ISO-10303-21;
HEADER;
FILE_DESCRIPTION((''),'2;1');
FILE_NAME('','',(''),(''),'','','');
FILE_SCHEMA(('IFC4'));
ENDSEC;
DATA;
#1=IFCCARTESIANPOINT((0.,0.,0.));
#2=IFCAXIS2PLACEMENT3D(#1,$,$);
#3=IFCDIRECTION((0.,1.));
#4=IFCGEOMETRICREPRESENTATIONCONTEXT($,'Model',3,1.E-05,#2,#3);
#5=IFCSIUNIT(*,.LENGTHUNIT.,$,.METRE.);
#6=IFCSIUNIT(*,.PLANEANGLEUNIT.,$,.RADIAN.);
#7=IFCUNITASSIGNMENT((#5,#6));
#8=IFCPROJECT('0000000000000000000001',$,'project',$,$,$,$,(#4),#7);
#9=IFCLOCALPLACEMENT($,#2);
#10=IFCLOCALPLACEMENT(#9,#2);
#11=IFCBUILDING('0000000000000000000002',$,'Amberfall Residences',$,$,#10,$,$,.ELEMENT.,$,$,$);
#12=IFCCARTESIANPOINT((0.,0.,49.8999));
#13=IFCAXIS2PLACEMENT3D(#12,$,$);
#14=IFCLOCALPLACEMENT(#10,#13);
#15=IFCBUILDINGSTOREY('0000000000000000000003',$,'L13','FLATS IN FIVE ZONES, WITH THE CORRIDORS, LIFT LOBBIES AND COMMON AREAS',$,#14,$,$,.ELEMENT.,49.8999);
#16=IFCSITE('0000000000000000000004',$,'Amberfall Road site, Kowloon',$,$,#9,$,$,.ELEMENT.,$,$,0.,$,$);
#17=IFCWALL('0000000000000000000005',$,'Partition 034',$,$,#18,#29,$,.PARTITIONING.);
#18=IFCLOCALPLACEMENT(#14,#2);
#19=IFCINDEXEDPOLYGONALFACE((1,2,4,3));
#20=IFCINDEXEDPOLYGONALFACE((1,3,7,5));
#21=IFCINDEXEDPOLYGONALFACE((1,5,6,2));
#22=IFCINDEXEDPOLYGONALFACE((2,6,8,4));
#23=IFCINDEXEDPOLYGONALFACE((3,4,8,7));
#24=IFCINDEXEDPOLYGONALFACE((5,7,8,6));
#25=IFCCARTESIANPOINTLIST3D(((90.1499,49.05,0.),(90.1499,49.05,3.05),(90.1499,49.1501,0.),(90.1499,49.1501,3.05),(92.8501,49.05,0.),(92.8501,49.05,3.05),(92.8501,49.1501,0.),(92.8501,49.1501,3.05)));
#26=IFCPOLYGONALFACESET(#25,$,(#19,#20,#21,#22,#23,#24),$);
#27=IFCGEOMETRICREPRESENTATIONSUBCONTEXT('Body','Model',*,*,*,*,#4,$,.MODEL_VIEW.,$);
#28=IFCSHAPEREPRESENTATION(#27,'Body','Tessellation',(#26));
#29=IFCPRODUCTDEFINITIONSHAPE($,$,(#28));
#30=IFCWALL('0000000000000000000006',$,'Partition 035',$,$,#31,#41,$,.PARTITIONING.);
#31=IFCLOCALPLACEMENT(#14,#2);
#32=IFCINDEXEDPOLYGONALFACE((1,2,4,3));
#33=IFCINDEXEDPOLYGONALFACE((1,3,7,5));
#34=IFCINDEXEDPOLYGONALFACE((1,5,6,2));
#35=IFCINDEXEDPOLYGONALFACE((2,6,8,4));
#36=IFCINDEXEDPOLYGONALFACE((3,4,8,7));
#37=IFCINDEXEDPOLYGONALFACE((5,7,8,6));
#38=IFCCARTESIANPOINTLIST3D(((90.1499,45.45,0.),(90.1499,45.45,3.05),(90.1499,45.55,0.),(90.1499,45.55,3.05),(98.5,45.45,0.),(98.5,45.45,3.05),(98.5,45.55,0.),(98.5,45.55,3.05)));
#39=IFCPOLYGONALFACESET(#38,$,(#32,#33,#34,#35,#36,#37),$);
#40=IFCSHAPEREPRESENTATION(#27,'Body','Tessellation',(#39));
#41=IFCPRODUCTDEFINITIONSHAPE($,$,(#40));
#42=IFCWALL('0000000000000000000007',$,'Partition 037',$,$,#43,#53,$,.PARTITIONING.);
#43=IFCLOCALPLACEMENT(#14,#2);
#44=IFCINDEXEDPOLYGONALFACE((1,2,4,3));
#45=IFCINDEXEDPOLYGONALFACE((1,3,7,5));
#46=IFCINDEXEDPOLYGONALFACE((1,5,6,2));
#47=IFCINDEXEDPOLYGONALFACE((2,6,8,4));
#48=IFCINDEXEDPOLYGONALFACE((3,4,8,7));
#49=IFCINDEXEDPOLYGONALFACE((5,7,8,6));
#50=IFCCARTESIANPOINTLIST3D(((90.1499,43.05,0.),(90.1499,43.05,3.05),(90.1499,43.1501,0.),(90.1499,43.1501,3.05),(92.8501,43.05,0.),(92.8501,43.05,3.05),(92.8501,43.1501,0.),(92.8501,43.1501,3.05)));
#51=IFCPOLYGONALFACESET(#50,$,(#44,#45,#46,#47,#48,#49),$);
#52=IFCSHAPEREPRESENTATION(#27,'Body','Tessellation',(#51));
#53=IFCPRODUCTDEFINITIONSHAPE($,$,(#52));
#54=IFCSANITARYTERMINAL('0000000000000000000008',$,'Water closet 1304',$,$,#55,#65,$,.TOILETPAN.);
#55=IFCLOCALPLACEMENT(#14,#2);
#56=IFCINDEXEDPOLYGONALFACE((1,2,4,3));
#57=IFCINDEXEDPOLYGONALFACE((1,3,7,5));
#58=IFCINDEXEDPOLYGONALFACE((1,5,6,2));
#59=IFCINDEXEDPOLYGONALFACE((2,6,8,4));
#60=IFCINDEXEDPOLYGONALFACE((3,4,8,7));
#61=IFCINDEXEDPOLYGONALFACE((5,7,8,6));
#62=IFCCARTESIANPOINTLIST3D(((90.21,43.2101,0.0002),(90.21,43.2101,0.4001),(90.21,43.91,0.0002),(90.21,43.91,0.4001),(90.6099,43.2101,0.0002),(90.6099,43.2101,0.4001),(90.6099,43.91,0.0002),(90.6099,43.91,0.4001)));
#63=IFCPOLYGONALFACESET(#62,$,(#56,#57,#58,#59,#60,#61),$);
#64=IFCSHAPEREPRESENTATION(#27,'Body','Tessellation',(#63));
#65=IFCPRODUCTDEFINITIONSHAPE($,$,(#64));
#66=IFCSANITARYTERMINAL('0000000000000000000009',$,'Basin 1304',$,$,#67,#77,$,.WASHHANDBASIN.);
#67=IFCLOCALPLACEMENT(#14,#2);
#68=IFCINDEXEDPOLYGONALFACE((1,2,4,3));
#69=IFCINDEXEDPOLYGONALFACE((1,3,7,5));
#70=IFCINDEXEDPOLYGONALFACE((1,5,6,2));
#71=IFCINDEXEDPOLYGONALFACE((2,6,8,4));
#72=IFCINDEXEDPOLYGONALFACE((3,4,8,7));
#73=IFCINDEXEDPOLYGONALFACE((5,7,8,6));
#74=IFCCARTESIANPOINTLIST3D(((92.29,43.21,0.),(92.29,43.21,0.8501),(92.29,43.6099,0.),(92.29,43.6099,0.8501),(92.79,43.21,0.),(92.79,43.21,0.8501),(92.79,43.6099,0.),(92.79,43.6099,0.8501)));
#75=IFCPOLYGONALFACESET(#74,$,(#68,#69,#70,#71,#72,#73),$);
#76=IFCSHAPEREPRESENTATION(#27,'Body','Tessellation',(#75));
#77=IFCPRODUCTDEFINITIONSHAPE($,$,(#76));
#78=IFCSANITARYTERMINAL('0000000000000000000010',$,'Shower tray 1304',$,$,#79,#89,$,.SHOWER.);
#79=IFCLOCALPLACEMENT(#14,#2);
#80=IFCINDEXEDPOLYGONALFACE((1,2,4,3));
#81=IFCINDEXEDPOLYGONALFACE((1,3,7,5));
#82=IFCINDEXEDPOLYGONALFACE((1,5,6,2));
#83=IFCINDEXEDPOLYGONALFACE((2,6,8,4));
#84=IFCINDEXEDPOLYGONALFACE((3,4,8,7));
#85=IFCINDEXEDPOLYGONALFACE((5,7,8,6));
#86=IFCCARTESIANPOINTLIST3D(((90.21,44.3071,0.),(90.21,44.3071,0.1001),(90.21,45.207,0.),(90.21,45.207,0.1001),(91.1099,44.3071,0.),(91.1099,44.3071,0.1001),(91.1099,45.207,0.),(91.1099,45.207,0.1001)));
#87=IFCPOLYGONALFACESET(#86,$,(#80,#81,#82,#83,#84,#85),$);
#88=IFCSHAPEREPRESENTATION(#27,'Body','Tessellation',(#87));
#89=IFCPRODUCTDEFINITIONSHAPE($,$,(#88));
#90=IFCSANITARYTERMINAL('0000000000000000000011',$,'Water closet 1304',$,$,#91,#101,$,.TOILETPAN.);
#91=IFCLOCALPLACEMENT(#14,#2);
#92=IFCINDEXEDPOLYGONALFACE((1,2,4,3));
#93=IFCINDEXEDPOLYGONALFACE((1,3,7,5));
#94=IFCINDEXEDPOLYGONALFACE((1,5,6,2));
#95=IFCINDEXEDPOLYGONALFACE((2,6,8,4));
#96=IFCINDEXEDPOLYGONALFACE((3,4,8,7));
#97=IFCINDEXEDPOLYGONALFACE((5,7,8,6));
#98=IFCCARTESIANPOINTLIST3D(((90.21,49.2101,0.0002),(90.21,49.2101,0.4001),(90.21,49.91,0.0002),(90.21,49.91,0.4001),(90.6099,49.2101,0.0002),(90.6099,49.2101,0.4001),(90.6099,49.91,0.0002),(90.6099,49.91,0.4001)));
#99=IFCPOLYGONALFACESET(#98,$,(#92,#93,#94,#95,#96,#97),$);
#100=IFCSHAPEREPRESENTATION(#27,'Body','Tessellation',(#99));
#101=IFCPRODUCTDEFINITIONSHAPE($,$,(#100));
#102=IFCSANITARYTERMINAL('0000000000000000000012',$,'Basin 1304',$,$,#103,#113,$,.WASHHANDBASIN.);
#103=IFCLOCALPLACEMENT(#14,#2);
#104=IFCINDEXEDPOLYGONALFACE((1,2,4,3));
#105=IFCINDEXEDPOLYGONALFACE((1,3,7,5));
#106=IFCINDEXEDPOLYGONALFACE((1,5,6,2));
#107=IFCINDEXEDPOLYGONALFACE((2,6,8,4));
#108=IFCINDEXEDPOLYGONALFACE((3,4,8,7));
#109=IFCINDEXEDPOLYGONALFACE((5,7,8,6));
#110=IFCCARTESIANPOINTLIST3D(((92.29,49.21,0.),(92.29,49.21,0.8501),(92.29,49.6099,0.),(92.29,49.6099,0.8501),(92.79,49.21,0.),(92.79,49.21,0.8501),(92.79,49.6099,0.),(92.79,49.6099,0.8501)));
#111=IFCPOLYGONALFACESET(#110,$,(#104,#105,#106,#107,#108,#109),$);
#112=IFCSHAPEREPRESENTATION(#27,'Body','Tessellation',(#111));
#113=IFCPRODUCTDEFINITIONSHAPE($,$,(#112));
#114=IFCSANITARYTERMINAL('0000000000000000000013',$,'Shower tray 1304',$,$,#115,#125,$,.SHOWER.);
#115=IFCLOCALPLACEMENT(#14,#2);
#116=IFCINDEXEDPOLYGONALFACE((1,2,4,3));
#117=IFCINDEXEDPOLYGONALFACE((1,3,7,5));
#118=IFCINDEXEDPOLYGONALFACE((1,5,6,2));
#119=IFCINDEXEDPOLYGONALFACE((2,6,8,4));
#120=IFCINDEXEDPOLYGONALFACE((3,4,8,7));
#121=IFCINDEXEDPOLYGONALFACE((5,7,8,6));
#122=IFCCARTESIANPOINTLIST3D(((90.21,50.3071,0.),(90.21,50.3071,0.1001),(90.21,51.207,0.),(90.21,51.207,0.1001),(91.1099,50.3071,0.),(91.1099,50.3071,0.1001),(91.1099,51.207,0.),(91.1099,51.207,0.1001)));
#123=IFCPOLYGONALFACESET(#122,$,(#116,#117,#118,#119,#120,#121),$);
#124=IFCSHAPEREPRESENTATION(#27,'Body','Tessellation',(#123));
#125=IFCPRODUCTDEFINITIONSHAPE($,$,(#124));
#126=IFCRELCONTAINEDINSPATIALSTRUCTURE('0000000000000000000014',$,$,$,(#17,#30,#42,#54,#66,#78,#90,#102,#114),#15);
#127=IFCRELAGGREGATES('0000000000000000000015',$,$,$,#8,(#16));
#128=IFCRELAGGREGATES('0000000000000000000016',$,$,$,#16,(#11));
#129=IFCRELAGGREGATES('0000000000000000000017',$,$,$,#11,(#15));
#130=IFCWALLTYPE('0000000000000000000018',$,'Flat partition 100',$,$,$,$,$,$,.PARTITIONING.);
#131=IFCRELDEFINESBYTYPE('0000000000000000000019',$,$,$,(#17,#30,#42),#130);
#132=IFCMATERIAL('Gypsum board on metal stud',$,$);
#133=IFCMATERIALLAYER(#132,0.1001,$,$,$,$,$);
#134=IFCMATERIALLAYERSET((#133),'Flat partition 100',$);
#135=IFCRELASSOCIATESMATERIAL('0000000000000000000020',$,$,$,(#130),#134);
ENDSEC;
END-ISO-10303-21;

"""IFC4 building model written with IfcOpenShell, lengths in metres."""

from ifc_helpers import new_model, si_unit, direction, frame, frame_2d, origin, origin_2d, place, context, subcontext, project, spatial, rectangle, extrude, material, layer, layer_set, type_object, element, save


model = new_model("IFC4")

# Units and contexts
model_context = context("Model", 3, precision=1e-05, world=origin(), true_north=direction((0.0, 1.0)))
body_context = subcontext(model_context, "Body", "Model", "MODEL_VIEW")
ifc_project = project(units=[si_unit("LENGTHUNIT", "METRE"), si_unit("PLANEANGLEUNIT", "RADIAN")], contexts=[model_context])

# Site, building, storey
site_placement = place(None, origin())
site = spatial("IfcSite", under=ifc_project, at=site_placement, Name="Amberfall Road site, Kowloon", CompositionType="ELEMENT", RefElevation=0.0)
building_placement = place(site_placement, origin())
building = spatial("IfcBuilding", under=site, at=building_placement, Name="Amberfall Residences", CompositionType="ELEMENT")
storey_placement = place(building_placement, frame((0.0, 0.0, 49.8999)))
storey = spatial("IfcBuildingStorey", under=building, at=storey_placement, Name="L13", Description="FLATS IN FIVE ZONES, WITH THE CORRIDORS, LIFT LOBBIES AND COMMON AREAS", CompositionType="ELEMENT", Elevation=49.8999)

# Walls
ifc_material_1 = material(Name="Gypsum board on metal stud")
ifc_layer_1 = layer(ifc_material_1, 0.1001)
ifc_layer_set_1 = layer_set([ifc_layer_1], Name="Flat partition 100")
wall_type_1 = type_object("IfcWallType", Name="Flat partition 100", PredefinedType="PARTITIONING", material=ifc_layer_set_1)
wall_1_placement = place(storey_placement, frame((90.1499, 49.1001, 0.0), z_axis=(0.0, 0.0, 1.0), x_axis=(1.0, 0.0, 0.0)))
element("IfcWall", 1, at=wall_1_placement, inside=storey, type_object=wall_type_1, Name="Partition 034", PredefinedType="PARTITIONING", context=body_context, shape_type="SweptSolid", body=[
    extrude(rectangle(XDim=2.7002, YDim=0.1001, at=frame_2d((1.3501, 0.0))), origin(), (0.0, 0.0, 1.0), 3.05),
])
wall_2_placement = place(storey_placement, frame((90.1499, 45.5, 0.0), z_axis=(0.0, 0.0, 1.0), x_axis=(1.0, 0.0, 0.0)))
element("IfcWall", 2, at=wall_2_placement, inside=storey, type_object=wall_type_1, Name="Partition 035", PredefinedType="PARTITIONING", context=body_context, shape_type="SweptSolid", body=[
    extrude(rectangle(XDim=8.3501, YDim=0.1001, at=frame_2d((4.175, 0.0))), origin(), (0.0, 0.0, 1.0), 3.05),
])
wall_3_placement = place(storey_placement, frame((90.1499, 43.1001, 0.0), z_axis=(0.0, 0.0, 1.0), x_axis=(1.0, 0.0, 0.0)))
element("IfcWall", 3, at=wall_3_placement, inside=storey, type_object=wall_type_1, Name="Partition 037", PredefinedType="PARTITIONING", context=body_context, shape_type="SweptSolid", body=[
    extrude(rectangle(XDim=2.7002, YDim=0.1001, at=frame_2d((1.3501, 0.0))), origin(), (0.0, 0.0, 1.0), 3.05),
])

# Sanitary terminals
sanitary_terminal_1_placement = place(storey_placement, frame((90.4099, 43.5601, 0.0002), z_axis=(0.0, 0.0, 1.0), x_axis=(1.0, 0.0, 0.0)))
element("IfcSanitaryTerminal", 4, at=sanitary_terminal_1_placement, inside=storey, Name="Water closet 1304", PredefinedType="TOILETPAN", context=body_context, shape_type="SweptSolid", body=[
    extrude(rectangle(XDim=0.3999, YDim=0.7, at=origin_2d()), origin(), (0.0, 0.0, 1.0), 0.3999),
])
sanitary_terminal_2_placement = place(storey_placement, frame((92.54, 43.4099, 0.0), z_axis=(0.0, 0.0, 1.0), x_axis=(1.0, 0.0, 0.0)))
element("IfcSanitaryTerminal", 5, at=sanitary_terminal_2_placement, inside=storey, Name="Basin 1304", PredefinedType="WASHHANDBASIN", context=body_context, shape_type="SweptSolid", body=[
    extrude(rectangle(XDim=0.5, YDim=0.3999, at=origin_2d()), origin(), (0.0, 0.0, 1.0), 0.8501),
])
sanitary_terminal_3_placement = place(storey_placement, frame((90.6599, 44.7571, 0.0), z_axis=(0.0, 0.0, 1.0), x_axis=(1.0, 0.0, 0.0)))
element("IfcSanitaryTerminal", 6, at=sanitary_terminal_3_placement, inside=storey, Name="Shower tray 1304", PredefinedType="SHOWER", context=body_context, shape_type="SweptSolid", body=[
    extrude(rectangle(XDim=0.8999, YDim=0.8999, at=origin_2d()), origin(), (0.0, 0.0, 1.0), 0.1001),
])
sanitary_terminal_4_placement = place(storey_placement, frame((90.4099, 49.5601, 0.0002), z_axis=(0.0, 0.0, 1.0), x_axis=(1.0, 0.0, 0.0)))
element("IfcSanitaryTerminal", 7, at=sanitary_terminal_4_placement, inside=storey, Name="Water closet 1304", PredefinedType="TOILETPAN", context=body_context, shape_type="SweptSolid", body=[
    extrude(rectangle(XDim=0.3999, YDim=0.7, at=origin_2d()), origin(), (0.0, 0.0, 1.0), 0.3999),
])
sanitary_terminal_5_placement = place(storey_placement, frame((92.54, 49.4099, 0.0), z_axis=(0.0, 0.0, 1.0), x_axis=(1.0, 0.0, 0.0)))
element("IfcSanitaryTerminal", 8, at=sanitary_terminal_5_placement, inside=storey, Name="Basin 1304", PredefinedType="WASHHANDBASIN", context=body_context, shape_type="SweptSolid", body=[
    extrude(rectangle(XDim=0.5, YDim=0.3999, at=origin_2d()), origin(), (0.0, 0.0, 1.0), 0.8501),
])
sanitary_terminal_6_placement = place(storey_placement, frame((90.6599, 50.7571, 0.0), z_axis=(0.0, 0.0, 1.0), x_axis=(1.0, 0.0, 0.0)))
element("IfcSanitaryTerminal", 9, at=sanitary_terminal_6_placement, inside=storey, Name="Shower tray 1304", PredefinedType="SHOWER", context=body_context, shape_type="SweptSolid", body=[
    extrude(rectangle(XDim=0.8999, YDim=0.8999, at=origin_2d()), origin(), (0.0, 0.0, 1.0), 0.1001),
])

save(model, "model.ifc")
